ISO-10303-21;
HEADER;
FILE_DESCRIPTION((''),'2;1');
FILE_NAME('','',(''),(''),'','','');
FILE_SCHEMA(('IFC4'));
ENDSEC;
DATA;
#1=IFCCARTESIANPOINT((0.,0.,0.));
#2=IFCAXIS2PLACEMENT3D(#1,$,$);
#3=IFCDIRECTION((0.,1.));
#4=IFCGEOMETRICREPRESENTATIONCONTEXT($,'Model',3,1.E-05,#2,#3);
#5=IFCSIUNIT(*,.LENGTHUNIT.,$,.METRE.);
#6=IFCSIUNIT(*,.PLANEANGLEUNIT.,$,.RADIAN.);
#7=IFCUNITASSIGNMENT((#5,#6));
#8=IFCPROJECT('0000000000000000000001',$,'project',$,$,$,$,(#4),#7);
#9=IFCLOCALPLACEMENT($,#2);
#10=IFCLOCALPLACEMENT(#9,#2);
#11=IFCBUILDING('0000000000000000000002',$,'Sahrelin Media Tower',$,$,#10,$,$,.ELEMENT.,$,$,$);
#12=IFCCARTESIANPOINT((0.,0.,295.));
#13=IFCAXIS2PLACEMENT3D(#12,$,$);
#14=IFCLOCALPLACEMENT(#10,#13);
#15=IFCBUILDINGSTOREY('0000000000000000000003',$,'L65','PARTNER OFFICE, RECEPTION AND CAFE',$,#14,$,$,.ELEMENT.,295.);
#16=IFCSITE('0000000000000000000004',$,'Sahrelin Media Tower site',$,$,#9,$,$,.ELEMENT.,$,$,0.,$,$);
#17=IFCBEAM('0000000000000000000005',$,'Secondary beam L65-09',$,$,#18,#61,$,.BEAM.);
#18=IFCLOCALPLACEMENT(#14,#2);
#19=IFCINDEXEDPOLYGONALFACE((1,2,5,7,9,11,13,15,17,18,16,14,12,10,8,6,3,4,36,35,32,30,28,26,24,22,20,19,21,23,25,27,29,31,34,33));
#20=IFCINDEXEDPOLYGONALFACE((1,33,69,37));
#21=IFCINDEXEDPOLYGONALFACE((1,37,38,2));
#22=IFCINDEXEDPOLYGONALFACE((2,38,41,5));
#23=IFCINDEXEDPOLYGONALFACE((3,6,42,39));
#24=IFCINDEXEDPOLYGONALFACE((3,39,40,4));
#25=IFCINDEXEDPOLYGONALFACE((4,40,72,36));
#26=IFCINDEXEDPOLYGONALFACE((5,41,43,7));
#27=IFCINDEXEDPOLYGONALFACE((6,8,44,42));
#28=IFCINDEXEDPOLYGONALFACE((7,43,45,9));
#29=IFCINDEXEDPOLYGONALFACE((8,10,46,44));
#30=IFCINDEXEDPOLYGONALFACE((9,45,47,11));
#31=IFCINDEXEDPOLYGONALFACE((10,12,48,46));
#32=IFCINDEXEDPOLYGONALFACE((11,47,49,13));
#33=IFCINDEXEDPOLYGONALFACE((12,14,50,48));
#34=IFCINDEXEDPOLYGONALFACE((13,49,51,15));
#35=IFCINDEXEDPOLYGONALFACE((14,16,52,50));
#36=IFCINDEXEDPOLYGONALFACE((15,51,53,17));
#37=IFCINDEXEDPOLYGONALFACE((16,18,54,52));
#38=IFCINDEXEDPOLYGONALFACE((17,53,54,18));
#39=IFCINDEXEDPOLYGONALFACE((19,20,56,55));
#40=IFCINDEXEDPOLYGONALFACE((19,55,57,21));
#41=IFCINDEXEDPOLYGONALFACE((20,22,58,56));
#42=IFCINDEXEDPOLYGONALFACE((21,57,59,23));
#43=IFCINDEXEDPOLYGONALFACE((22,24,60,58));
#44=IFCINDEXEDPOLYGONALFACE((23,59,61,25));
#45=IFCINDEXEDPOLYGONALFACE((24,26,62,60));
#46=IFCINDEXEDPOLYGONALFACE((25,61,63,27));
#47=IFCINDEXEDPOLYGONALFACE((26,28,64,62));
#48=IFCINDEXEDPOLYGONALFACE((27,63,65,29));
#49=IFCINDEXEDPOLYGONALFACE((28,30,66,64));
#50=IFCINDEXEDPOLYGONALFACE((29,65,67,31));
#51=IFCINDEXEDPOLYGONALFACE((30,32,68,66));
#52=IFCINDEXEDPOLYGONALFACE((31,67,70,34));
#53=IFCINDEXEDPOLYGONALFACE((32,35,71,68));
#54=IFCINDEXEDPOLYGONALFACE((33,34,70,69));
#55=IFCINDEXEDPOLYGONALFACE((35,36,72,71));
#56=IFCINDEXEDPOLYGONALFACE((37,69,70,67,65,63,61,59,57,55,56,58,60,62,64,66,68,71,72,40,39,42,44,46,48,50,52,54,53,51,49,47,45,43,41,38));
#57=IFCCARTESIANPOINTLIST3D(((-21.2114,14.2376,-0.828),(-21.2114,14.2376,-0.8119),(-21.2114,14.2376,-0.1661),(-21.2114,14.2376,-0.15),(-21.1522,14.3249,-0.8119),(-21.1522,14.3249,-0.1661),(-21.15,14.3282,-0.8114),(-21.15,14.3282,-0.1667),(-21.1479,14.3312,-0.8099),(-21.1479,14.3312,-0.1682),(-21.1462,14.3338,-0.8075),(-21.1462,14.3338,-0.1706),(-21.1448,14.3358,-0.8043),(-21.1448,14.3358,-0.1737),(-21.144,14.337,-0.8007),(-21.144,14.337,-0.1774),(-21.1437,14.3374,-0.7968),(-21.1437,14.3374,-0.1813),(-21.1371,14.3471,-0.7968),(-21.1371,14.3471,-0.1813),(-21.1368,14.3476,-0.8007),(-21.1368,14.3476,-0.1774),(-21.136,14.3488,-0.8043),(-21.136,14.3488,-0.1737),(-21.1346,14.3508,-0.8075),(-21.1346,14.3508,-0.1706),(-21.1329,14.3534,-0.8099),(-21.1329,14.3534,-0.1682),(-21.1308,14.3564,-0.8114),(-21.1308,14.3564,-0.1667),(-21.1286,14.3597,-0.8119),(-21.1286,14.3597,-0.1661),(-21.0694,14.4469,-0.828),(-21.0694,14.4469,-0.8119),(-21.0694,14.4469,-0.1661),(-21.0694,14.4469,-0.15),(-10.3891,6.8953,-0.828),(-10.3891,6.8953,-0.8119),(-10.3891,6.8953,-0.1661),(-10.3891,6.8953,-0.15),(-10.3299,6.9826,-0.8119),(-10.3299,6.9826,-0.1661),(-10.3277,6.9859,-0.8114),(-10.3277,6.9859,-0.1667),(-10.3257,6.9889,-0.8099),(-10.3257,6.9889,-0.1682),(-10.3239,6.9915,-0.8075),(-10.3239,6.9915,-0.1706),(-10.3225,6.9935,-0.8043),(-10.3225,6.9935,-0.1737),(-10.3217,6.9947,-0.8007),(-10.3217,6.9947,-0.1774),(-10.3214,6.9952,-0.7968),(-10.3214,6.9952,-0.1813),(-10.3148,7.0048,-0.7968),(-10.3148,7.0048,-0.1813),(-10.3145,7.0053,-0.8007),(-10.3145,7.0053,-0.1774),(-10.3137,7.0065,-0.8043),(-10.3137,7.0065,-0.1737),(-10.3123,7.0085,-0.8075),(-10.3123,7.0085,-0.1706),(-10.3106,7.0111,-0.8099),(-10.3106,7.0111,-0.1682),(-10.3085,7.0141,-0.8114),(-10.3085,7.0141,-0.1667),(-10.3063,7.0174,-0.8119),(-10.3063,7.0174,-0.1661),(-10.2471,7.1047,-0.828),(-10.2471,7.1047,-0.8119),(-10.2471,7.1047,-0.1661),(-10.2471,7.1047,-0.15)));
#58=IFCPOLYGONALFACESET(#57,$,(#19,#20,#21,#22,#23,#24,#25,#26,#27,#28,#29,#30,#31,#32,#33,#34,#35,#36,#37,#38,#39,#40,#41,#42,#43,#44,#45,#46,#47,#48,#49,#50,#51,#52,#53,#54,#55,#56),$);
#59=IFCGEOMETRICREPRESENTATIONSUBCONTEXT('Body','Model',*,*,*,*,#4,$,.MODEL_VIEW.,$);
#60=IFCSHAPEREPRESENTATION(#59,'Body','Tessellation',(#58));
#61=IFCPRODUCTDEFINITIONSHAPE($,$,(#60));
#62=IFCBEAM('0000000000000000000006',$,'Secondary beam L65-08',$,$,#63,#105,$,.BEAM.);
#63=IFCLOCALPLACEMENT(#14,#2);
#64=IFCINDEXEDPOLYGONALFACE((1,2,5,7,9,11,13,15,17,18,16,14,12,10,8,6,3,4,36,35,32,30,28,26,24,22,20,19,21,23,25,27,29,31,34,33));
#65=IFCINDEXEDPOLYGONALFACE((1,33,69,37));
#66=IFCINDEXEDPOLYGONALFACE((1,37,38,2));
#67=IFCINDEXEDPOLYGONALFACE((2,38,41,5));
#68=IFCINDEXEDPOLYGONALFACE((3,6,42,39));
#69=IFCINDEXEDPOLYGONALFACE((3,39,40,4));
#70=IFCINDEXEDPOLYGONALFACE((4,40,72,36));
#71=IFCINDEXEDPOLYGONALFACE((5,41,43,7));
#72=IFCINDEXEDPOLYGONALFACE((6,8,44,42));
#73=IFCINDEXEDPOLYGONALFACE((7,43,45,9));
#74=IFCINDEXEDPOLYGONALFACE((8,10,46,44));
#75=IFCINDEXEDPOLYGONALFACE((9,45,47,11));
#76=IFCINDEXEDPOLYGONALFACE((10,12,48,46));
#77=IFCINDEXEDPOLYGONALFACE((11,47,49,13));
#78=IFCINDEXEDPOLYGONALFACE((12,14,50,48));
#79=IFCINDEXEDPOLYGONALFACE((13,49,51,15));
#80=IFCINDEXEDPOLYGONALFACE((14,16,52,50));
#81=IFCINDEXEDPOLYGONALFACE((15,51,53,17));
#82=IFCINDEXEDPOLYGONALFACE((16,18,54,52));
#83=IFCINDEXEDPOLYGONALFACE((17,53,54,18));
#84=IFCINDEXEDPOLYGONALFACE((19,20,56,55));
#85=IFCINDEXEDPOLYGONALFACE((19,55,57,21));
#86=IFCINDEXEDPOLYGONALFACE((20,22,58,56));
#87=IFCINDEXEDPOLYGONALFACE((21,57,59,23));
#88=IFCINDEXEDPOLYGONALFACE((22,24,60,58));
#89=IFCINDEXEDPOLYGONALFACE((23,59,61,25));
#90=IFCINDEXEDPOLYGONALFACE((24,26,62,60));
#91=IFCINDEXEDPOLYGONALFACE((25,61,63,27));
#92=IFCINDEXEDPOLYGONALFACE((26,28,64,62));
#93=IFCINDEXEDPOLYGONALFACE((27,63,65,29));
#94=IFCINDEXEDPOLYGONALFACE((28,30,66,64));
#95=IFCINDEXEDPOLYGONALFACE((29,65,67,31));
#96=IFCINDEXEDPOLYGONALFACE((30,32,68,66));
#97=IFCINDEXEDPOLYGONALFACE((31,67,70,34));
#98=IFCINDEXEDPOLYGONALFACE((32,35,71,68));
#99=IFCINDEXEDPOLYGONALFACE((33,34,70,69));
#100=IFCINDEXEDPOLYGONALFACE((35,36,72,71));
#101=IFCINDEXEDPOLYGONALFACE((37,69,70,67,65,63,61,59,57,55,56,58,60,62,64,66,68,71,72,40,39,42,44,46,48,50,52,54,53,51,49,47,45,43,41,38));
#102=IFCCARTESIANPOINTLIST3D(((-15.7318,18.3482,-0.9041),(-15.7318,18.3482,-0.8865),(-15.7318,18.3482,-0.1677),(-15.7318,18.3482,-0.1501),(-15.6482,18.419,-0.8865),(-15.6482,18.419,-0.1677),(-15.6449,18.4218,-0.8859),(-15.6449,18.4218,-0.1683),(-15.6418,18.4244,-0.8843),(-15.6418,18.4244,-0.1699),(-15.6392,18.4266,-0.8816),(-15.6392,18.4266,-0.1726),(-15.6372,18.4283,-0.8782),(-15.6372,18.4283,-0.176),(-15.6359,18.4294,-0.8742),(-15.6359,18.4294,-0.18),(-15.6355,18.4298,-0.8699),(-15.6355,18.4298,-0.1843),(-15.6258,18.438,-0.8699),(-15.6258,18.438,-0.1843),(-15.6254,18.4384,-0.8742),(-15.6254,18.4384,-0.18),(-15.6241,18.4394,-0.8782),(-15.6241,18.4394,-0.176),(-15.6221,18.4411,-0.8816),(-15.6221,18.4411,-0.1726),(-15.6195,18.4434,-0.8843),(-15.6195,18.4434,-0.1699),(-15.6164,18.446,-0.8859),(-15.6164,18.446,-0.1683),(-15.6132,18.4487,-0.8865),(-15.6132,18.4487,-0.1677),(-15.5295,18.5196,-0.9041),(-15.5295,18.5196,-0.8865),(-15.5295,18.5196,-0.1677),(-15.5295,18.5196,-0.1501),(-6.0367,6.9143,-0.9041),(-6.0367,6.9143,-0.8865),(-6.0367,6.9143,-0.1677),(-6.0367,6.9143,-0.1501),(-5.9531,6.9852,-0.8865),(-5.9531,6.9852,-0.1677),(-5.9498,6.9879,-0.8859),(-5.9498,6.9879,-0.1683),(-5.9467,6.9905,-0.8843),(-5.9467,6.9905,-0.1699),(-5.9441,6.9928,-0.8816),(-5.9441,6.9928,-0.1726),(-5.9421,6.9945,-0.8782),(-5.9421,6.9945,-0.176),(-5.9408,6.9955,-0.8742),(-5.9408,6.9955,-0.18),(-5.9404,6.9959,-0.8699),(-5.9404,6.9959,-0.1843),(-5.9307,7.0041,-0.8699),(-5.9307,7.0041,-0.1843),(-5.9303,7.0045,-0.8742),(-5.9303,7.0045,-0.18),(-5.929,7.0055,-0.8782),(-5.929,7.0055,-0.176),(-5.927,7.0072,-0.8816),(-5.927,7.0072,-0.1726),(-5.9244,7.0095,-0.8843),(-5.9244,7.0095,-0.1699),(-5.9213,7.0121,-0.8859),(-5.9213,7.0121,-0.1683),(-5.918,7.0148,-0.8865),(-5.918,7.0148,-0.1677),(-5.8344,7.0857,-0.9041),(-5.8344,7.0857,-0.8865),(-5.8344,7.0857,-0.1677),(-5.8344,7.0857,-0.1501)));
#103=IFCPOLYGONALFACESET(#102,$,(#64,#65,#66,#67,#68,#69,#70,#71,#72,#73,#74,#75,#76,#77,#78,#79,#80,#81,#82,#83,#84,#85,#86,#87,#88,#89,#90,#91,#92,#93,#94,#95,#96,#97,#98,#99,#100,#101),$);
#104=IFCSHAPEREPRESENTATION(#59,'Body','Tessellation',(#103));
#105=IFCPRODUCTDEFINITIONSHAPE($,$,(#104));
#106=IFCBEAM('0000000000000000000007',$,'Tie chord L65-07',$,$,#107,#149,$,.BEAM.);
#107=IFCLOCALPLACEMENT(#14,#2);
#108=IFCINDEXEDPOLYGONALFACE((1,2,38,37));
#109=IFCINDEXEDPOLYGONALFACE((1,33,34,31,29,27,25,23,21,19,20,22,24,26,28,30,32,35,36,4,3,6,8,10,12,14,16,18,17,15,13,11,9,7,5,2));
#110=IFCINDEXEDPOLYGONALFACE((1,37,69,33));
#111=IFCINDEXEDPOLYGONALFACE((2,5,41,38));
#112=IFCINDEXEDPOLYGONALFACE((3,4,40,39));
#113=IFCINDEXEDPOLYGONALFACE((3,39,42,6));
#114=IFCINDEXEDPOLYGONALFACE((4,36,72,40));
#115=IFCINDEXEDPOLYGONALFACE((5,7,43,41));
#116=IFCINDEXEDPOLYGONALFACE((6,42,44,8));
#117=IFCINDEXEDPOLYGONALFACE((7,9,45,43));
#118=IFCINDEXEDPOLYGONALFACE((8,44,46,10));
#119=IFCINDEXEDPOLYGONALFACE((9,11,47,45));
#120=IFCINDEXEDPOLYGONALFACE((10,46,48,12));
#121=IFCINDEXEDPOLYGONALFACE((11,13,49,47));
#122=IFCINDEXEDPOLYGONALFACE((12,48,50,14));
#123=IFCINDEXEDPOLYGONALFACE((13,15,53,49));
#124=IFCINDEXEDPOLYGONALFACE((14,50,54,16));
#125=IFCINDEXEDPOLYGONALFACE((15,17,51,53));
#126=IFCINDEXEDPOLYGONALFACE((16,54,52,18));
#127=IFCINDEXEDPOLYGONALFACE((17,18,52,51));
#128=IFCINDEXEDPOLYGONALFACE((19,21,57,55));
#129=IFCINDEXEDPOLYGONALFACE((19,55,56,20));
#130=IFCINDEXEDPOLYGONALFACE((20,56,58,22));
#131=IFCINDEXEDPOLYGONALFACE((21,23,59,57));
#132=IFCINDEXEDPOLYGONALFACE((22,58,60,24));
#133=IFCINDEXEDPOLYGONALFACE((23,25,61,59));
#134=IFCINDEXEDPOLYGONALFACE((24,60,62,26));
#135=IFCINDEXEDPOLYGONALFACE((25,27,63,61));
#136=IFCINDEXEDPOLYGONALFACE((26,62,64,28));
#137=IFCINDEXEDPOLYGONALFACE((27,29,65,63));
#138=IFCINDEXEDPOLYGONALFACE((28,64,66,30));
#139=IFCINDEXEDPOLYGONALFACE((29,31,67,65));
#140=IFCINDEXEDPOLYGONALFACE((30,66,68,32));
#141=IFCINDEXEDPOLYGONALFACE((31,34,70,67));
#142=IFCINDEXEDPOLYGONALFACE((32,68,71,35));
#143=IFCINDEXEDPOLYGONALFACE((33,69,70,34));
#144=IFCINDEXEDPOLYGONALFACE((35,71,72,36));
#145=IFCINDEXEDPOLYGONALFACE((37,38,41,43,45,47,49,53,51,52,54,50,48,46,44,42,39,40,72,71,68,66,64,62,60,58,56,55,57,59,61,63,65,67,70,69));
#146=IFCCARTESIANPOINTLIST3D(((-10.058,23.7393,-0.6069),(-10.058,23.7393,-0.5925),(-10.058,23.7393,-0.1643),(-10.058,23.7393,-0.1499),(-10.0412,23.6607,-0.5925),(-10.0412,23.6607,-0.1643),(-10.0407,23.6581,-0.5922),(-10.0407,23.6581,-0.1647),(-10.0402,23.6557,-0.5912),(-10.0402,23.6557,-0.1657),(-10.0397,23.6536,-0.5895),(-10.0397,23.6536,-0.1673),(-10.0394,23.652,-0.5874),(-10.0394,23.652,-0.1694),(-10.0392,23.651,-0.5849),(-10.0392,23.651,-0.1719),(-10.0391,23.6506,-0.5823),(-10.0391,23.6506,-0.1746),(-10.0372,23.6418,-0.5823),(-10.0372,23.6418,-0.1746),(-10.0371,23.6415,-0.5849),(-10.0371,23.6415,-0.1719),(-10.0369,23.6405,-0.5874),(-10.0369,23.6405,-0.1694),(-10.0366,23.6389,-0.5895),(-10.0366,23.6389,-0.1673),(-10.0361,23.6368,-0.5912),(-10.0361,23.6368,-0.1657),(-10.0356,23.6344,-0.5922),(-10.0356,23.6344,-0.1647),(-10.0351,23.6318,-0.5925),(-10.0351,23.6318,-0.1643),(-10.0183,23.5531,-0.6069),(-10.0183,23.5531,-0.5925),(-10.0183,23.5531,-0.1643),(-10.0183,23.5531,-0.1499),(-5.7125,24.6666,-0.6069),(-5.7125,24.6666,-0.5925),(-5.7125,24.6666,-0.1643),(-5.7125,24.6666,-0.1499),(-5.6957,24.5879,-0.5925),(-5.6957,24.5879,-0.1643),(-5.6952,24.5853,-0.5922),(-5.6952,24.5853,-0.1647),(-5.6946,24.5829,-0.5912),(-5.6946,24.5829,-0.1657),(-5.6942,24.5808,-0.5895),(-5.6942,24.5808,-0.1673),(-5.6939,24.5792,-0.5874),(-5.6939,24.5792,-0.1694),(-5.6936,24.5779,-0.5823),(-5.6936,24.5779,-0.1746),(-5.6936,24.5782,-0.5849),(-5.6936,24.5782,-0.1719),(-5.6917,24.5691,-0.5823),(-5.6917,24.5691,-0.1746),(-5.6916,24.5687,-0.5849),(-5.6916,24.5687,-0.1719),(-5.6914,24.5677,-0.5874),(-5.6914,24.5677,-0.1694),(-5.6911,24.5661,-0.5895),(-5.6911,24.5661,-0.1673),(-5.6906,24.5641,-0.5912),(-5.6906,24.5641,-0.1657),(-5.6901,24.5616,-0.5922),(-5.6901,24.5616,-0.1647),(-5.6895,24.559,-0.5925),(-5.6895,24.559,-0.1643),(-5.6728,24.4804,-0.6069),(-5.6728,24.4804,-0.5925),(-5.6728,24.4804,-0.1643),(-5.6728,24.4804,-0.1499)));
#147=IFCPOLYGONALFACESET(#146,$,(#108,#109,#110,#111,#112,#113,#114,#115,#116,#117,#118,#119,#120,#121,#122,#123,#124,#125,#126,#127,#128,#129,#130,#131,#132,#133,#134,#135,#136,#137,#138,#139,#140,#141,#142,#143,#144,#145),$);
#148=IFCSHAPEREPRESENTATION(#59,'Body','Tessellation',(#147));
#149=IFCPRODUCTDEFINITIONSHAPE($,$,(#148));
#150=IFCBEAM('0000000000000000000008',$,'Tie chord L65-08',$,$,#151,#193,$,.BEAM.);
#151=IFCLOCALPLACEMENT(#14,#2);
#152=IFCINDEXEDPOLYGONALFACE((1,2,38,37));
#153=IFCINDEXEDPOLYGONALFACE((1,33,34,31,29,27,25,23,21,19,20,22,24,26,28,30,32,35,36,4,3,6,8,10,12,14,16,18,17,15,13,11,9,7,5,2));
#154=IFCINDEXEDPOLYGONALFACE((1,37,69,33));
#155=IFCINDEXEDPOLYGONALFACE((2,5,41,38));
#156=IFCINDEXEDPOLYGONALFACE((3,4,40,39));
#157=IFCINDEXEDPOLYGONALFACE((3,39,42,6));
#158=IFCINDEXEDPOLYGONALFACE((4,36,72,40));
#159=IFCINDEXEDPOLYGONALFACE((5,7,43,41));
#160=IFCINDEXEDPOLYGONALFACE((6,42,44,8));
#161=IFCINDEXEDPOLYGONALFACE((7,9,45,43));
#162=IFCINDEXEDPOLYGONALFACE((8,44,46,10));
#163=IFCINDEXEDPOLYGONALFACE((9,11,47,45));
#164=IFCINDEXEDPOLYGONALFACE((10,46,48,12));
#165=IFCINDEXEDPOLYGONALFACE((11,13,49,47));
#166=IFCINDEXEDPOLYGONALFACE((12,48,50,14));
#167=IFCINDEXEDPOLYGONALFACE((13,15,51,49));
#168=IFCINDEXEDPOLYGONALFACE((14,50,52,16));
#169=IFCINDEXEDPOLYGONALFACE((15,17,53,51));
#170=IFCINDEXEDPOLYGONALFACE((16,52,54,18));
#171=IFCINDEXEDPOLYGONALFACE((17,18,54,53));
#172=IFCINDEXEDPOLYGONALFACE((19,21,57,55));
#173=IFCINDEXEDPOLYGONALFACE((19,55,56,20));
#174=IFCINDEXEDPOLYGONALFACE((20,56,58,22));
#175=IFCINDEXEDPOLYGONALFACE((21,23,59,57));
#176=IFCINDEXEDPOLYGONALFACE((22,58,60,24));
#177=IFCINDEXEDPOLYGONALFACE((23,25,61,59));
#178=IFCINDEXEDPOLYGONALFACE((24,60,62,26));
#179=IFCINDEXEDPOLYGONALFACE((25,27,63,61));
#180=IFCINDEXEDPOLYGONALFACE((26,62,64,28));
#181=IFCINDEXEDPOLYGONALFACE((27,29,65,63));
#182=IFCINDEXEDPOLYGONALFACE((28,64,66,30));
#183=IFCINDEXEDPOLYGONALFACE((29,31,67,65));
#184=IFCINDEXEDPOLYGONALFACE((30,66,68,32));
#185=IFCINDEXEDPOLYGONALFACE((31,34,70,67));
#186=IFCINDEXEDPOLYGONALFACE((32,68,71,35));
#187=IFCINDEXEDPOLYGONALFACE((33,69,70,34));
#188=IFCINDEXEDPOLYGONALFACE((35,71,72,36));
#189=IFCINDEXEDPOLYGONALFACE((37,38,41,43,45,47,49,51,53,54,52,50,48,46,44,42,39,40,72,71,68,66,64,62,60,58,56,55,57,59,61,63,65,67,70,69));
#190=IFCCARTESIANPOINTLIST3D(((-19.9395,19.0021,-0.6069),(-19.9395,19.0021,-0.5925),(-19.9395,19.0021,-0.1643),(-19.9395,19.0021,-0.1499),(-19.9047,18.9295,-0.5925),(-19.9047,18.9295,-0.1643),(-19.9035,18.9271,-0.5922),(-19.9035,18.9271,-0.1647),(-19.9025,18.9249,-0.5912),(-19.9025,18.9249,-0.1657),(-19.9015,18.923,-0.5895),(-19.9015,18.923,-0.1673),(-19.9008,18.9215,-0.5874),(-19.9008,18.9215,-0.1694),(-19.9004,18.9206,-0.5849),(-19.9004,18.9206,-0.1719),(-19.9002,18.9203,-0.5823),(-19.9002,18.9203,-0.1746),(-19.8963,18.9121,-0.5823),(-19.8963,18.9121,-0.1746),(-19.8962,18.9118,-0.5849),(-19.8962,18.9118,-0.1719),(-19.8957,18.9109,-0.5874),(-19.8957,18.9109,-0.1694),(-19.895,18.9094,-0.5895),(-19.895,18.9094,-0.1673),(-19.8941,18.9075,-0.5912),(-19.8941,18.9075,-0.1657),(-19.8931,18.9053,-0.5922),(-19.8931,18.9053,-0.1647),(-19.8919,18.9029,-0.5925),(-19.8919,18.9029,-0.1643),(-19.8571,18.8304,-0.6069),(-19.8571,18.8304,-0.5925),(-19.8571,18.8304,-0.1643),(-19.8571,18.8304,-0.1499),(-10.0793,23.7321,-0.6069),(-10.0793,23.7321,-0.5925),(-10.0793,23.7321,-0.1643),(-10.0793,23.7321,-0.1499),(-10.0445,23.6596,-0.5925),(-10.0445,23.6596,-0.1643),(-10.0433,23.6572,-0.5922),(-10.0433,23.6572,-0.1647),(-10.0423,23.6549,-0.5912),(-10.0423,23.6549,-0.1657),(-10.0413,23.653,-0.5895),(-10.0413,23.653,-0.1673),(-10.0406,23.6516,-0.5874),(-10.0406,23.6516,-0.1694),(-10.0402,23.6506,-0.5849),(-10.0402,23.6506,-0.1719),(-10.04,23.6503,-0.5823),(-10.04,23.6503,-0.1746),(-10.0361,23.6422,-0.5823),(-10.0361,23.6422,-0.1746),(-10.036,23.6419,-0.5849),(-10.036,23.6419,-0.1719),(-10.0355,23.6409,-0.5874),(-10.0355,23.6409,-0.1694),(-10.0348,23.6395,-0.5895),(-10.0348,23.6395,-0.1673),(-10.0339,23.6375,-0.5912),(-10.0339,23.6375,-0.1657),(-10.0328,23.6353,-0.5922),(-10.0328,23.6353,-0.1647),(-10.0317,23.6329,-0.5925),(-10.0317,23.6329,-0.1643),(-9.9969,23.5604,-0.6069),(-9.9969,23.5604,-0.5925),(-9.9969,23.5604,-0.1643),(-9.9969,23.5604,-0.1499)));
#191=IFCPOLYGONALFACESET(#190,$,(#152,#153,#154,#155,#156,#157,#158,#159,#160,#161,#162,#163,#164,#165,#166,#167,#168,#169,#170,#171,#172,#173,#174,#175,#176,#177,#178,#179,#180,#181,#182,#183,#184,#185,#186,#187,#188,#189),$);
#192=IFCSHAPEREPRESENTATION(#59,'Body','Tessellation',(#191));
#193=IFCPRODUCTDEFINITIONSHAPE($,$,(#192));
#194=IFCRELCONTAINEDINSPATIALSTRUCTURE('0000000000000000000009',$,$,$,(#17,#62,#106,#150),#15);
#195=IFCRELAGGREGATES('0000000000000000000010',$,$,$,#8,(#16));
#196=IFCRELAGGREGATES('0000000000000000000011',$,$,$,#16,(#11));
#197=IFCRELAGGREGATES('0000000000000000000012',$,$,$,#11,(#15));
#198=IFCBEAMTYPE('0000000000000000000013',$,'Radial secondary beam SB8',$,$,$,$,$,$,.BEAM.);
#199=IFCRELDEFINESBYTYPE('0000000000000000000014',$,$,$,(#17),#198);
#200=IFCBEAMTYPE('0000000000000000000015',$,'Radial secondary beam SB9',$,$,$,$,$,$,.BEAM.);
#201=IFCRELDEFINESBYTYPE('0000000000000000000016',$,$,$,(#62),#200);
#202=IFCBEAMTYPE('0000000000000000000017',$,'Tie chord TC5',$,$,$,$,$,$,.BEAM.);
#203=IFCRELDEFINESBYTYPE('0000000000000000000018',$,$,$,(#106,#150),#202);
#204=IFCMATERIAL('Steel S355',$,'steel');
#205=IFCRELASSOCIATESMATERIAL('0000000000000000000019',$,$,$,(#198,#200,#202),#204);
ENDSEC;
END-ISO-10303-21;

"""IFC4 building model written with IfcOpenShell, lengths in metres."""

from ifc_helpers import new_model, si_unit, direction, frame, origin, origin_2d, place, context, subcontext, project, spatial, i_section, extrude, material, material_profile, profile_set, type_object, element, save


model = new_model("IFC4")

# Units and contexts
model_context = context("Model", 3, precision=1e-05, world=origin(), true_north=direction((0.0, 1.0)))
body_context = subcontext(model_context, "Body", "Model", "MODEL_VIEW")
ifc_project = project(units=[si_unit("LENGTHUNIT", "METRE"), si_unit("PLANEANGLEUNIT", "RADIAN")], contexts=[model_context])

# Site, building, storey
site_placement = place(None, origin())
site = spatial("IfcSite", under=ifc_project, at=site_placement, Name="Sahrelin Media Tower site", CompositionType="ELEMENT", RefElevation=0.0)
building_placement = place(site_placement, origin())
building = spatial("IfcBuilding", under=site, at=building_placement, Name="Sahrelin Media Tower", CompositionType="ELEMENT")
storey_placement = place(building_placement, frame((0.0, 0.0, 295.0)))
storey = spatial("IfcBuildingStorey", under=building, at=storey_placement, Name="L65", Description="PARTNER OFFICE, RECEPTION AND CAFE", CompositionType="ELEMENT", Elevation=295.0)

# Shared definitions
ifc_material_1 = material(Name="Steel S355", Category="steel")

# Beams
ifc_material_profile_1 = material_profile(ifc_material_1, i_section(OverallWidth=0.2529, OverallDepth=0.678, WebThickness=0.0117, FlangeThickness=0.0161, FilletRadius=0.0151, at=origin_2d()), Name="UB 686x254x125")
ifc_profile_set_1 = profile_set([ifc_material_profile_1], Name="Steel S355")
beam_type_1 = type_object("IfcBeamType", Name="Radial secondary beam SB8", PredefinedType="BEAM", material=ifc_profile_set_1)
beam_1_placement = place(storey_placement, frame((-10.3181, 7.0, -0.489), z_axis=(-0.827525, 0.561428, 0.0), x_axis=(-0.561428, -0.827525, 0.0)))
element("IfcBeam", 1, at=beam_1_placement, inside=storey, type_object=beam_type_1, Name="Secondary beam L65-09", PredefinedType="BEAM", context=body_context, shape_type="SweptSolid", body=[
    extrude(i_section(OverallWidth=0.2529, OverallDepth=0.678, WebThickness=0.0117, FlangeThickness=0.0161, FilletRadius=0.0151, at=origin_2d()), origin(), (0.0, 0.0, 1.0), 13.0779),
])
ifc_material_profile_2 = material_profile(ifc_material_1, i_section(OverallWidth=0.2651, OverallDepth=0.7539, WebThickness=0.0127, FlangeThickness=0.0176, FilletRadius=0.0166, at=origin_2d()), Name="UB 762x267x147")
ifc_profile_set_2 = profile_set([ifc_material_profile_2], Name="Steel S355")
beam_type_2 = type_object("IfcBeamType", Name="Radial secondary beam SB9", PredefinedType="BEAM", material=ifc_profile_set_2)
beam_2_placement = place(storey_placement, frame((-5.9355, 7.0, -0.5271), z_axis=(-0.64673, 0.762719, 0.0), x_axis=(-0.762719, -0.64673, 0.0)))
element("IfcBeam", 2, at=beam_2_placement, inside=storey, type_object=beam_type_2, Name="Secondary beam L65-08", PredefinedType="BEAM", context=body_context, shape_type="SweptSolid", body=[
    extrude(i_section(OverallWidth=0.2651, OverallDepth=0.7539, WebThickness=0.0127, FlangeThickness=0.0176, FilletRadius=0.0166, at=origin_2d()), origin(), (0.0, 0.0, 1.0), 14.991),
])
ifc_material_profile_3 = material_profile(ifc_material_1, i_section(OverallWidth=0.1904, OverallDepth=0.457, WebThickness=0.009, FlangeThickness=0.0144, FilletRadius=0.0103, at=origin_2d()), Name="UB 457x191x74")
ifc_profile_set_3 = profile_set([ifc_material_profile_3], Name="Steel S355")
beam_type_3 = type_object("IfcBeamType", Name="Tie chord TC5", PredefinedType="BEAM", material=ifc_profile_set_3)
beam_3_placement = place(storey_placement, frame((-5.6926, 24.5735, -0.3784), z_axis=(-0.977983, -0.208685, 0.0), x_axis=(0.208685, -0.977983, 0.0)))
element("IfcBeam", 3, at=beam_3_placement, inside=storey, type_object=beam_type_3, Name="Tie chord L65-07", PredefinedType="BEAM", context=body_context, shape_type="SweptSolid", body=[
    extrude(i_section(OverallWidth=0.1904, OverallDepth=0.457, WebThickness=0.009, FlangeThickness=0.0144, FilletRadius=0.0103, at=origin_2d()), origin(), (0.0, 0.0, 1.0), 4.4434),
])
beam_4_placement = place(storey_placement, frame((-10.0381, 23.6462, -0.3784), z_axis=(-0.901625, -0.432518, 0.0), x_axis=(0.432518, -0.901625, 0.0)))
element("IfcBeam", 4, at=beam_4_placement, inside=storey, type_object=beam_type_3, Name="Tie chord L65-08", PredefinedType="BEAM", context=body_context, shape_type="SweptSolid", body=[
    extrude(i_section(OverallWidth=0.1904, OverallDepth=0.457, WebThickness=0.009, FlangeThickness=0.0144, FilletRadius=0.0103, at=origin_2d()), origin(), (0.0, 0.0, 1.0), 10.936),
])

save(model, "model.ifc")
